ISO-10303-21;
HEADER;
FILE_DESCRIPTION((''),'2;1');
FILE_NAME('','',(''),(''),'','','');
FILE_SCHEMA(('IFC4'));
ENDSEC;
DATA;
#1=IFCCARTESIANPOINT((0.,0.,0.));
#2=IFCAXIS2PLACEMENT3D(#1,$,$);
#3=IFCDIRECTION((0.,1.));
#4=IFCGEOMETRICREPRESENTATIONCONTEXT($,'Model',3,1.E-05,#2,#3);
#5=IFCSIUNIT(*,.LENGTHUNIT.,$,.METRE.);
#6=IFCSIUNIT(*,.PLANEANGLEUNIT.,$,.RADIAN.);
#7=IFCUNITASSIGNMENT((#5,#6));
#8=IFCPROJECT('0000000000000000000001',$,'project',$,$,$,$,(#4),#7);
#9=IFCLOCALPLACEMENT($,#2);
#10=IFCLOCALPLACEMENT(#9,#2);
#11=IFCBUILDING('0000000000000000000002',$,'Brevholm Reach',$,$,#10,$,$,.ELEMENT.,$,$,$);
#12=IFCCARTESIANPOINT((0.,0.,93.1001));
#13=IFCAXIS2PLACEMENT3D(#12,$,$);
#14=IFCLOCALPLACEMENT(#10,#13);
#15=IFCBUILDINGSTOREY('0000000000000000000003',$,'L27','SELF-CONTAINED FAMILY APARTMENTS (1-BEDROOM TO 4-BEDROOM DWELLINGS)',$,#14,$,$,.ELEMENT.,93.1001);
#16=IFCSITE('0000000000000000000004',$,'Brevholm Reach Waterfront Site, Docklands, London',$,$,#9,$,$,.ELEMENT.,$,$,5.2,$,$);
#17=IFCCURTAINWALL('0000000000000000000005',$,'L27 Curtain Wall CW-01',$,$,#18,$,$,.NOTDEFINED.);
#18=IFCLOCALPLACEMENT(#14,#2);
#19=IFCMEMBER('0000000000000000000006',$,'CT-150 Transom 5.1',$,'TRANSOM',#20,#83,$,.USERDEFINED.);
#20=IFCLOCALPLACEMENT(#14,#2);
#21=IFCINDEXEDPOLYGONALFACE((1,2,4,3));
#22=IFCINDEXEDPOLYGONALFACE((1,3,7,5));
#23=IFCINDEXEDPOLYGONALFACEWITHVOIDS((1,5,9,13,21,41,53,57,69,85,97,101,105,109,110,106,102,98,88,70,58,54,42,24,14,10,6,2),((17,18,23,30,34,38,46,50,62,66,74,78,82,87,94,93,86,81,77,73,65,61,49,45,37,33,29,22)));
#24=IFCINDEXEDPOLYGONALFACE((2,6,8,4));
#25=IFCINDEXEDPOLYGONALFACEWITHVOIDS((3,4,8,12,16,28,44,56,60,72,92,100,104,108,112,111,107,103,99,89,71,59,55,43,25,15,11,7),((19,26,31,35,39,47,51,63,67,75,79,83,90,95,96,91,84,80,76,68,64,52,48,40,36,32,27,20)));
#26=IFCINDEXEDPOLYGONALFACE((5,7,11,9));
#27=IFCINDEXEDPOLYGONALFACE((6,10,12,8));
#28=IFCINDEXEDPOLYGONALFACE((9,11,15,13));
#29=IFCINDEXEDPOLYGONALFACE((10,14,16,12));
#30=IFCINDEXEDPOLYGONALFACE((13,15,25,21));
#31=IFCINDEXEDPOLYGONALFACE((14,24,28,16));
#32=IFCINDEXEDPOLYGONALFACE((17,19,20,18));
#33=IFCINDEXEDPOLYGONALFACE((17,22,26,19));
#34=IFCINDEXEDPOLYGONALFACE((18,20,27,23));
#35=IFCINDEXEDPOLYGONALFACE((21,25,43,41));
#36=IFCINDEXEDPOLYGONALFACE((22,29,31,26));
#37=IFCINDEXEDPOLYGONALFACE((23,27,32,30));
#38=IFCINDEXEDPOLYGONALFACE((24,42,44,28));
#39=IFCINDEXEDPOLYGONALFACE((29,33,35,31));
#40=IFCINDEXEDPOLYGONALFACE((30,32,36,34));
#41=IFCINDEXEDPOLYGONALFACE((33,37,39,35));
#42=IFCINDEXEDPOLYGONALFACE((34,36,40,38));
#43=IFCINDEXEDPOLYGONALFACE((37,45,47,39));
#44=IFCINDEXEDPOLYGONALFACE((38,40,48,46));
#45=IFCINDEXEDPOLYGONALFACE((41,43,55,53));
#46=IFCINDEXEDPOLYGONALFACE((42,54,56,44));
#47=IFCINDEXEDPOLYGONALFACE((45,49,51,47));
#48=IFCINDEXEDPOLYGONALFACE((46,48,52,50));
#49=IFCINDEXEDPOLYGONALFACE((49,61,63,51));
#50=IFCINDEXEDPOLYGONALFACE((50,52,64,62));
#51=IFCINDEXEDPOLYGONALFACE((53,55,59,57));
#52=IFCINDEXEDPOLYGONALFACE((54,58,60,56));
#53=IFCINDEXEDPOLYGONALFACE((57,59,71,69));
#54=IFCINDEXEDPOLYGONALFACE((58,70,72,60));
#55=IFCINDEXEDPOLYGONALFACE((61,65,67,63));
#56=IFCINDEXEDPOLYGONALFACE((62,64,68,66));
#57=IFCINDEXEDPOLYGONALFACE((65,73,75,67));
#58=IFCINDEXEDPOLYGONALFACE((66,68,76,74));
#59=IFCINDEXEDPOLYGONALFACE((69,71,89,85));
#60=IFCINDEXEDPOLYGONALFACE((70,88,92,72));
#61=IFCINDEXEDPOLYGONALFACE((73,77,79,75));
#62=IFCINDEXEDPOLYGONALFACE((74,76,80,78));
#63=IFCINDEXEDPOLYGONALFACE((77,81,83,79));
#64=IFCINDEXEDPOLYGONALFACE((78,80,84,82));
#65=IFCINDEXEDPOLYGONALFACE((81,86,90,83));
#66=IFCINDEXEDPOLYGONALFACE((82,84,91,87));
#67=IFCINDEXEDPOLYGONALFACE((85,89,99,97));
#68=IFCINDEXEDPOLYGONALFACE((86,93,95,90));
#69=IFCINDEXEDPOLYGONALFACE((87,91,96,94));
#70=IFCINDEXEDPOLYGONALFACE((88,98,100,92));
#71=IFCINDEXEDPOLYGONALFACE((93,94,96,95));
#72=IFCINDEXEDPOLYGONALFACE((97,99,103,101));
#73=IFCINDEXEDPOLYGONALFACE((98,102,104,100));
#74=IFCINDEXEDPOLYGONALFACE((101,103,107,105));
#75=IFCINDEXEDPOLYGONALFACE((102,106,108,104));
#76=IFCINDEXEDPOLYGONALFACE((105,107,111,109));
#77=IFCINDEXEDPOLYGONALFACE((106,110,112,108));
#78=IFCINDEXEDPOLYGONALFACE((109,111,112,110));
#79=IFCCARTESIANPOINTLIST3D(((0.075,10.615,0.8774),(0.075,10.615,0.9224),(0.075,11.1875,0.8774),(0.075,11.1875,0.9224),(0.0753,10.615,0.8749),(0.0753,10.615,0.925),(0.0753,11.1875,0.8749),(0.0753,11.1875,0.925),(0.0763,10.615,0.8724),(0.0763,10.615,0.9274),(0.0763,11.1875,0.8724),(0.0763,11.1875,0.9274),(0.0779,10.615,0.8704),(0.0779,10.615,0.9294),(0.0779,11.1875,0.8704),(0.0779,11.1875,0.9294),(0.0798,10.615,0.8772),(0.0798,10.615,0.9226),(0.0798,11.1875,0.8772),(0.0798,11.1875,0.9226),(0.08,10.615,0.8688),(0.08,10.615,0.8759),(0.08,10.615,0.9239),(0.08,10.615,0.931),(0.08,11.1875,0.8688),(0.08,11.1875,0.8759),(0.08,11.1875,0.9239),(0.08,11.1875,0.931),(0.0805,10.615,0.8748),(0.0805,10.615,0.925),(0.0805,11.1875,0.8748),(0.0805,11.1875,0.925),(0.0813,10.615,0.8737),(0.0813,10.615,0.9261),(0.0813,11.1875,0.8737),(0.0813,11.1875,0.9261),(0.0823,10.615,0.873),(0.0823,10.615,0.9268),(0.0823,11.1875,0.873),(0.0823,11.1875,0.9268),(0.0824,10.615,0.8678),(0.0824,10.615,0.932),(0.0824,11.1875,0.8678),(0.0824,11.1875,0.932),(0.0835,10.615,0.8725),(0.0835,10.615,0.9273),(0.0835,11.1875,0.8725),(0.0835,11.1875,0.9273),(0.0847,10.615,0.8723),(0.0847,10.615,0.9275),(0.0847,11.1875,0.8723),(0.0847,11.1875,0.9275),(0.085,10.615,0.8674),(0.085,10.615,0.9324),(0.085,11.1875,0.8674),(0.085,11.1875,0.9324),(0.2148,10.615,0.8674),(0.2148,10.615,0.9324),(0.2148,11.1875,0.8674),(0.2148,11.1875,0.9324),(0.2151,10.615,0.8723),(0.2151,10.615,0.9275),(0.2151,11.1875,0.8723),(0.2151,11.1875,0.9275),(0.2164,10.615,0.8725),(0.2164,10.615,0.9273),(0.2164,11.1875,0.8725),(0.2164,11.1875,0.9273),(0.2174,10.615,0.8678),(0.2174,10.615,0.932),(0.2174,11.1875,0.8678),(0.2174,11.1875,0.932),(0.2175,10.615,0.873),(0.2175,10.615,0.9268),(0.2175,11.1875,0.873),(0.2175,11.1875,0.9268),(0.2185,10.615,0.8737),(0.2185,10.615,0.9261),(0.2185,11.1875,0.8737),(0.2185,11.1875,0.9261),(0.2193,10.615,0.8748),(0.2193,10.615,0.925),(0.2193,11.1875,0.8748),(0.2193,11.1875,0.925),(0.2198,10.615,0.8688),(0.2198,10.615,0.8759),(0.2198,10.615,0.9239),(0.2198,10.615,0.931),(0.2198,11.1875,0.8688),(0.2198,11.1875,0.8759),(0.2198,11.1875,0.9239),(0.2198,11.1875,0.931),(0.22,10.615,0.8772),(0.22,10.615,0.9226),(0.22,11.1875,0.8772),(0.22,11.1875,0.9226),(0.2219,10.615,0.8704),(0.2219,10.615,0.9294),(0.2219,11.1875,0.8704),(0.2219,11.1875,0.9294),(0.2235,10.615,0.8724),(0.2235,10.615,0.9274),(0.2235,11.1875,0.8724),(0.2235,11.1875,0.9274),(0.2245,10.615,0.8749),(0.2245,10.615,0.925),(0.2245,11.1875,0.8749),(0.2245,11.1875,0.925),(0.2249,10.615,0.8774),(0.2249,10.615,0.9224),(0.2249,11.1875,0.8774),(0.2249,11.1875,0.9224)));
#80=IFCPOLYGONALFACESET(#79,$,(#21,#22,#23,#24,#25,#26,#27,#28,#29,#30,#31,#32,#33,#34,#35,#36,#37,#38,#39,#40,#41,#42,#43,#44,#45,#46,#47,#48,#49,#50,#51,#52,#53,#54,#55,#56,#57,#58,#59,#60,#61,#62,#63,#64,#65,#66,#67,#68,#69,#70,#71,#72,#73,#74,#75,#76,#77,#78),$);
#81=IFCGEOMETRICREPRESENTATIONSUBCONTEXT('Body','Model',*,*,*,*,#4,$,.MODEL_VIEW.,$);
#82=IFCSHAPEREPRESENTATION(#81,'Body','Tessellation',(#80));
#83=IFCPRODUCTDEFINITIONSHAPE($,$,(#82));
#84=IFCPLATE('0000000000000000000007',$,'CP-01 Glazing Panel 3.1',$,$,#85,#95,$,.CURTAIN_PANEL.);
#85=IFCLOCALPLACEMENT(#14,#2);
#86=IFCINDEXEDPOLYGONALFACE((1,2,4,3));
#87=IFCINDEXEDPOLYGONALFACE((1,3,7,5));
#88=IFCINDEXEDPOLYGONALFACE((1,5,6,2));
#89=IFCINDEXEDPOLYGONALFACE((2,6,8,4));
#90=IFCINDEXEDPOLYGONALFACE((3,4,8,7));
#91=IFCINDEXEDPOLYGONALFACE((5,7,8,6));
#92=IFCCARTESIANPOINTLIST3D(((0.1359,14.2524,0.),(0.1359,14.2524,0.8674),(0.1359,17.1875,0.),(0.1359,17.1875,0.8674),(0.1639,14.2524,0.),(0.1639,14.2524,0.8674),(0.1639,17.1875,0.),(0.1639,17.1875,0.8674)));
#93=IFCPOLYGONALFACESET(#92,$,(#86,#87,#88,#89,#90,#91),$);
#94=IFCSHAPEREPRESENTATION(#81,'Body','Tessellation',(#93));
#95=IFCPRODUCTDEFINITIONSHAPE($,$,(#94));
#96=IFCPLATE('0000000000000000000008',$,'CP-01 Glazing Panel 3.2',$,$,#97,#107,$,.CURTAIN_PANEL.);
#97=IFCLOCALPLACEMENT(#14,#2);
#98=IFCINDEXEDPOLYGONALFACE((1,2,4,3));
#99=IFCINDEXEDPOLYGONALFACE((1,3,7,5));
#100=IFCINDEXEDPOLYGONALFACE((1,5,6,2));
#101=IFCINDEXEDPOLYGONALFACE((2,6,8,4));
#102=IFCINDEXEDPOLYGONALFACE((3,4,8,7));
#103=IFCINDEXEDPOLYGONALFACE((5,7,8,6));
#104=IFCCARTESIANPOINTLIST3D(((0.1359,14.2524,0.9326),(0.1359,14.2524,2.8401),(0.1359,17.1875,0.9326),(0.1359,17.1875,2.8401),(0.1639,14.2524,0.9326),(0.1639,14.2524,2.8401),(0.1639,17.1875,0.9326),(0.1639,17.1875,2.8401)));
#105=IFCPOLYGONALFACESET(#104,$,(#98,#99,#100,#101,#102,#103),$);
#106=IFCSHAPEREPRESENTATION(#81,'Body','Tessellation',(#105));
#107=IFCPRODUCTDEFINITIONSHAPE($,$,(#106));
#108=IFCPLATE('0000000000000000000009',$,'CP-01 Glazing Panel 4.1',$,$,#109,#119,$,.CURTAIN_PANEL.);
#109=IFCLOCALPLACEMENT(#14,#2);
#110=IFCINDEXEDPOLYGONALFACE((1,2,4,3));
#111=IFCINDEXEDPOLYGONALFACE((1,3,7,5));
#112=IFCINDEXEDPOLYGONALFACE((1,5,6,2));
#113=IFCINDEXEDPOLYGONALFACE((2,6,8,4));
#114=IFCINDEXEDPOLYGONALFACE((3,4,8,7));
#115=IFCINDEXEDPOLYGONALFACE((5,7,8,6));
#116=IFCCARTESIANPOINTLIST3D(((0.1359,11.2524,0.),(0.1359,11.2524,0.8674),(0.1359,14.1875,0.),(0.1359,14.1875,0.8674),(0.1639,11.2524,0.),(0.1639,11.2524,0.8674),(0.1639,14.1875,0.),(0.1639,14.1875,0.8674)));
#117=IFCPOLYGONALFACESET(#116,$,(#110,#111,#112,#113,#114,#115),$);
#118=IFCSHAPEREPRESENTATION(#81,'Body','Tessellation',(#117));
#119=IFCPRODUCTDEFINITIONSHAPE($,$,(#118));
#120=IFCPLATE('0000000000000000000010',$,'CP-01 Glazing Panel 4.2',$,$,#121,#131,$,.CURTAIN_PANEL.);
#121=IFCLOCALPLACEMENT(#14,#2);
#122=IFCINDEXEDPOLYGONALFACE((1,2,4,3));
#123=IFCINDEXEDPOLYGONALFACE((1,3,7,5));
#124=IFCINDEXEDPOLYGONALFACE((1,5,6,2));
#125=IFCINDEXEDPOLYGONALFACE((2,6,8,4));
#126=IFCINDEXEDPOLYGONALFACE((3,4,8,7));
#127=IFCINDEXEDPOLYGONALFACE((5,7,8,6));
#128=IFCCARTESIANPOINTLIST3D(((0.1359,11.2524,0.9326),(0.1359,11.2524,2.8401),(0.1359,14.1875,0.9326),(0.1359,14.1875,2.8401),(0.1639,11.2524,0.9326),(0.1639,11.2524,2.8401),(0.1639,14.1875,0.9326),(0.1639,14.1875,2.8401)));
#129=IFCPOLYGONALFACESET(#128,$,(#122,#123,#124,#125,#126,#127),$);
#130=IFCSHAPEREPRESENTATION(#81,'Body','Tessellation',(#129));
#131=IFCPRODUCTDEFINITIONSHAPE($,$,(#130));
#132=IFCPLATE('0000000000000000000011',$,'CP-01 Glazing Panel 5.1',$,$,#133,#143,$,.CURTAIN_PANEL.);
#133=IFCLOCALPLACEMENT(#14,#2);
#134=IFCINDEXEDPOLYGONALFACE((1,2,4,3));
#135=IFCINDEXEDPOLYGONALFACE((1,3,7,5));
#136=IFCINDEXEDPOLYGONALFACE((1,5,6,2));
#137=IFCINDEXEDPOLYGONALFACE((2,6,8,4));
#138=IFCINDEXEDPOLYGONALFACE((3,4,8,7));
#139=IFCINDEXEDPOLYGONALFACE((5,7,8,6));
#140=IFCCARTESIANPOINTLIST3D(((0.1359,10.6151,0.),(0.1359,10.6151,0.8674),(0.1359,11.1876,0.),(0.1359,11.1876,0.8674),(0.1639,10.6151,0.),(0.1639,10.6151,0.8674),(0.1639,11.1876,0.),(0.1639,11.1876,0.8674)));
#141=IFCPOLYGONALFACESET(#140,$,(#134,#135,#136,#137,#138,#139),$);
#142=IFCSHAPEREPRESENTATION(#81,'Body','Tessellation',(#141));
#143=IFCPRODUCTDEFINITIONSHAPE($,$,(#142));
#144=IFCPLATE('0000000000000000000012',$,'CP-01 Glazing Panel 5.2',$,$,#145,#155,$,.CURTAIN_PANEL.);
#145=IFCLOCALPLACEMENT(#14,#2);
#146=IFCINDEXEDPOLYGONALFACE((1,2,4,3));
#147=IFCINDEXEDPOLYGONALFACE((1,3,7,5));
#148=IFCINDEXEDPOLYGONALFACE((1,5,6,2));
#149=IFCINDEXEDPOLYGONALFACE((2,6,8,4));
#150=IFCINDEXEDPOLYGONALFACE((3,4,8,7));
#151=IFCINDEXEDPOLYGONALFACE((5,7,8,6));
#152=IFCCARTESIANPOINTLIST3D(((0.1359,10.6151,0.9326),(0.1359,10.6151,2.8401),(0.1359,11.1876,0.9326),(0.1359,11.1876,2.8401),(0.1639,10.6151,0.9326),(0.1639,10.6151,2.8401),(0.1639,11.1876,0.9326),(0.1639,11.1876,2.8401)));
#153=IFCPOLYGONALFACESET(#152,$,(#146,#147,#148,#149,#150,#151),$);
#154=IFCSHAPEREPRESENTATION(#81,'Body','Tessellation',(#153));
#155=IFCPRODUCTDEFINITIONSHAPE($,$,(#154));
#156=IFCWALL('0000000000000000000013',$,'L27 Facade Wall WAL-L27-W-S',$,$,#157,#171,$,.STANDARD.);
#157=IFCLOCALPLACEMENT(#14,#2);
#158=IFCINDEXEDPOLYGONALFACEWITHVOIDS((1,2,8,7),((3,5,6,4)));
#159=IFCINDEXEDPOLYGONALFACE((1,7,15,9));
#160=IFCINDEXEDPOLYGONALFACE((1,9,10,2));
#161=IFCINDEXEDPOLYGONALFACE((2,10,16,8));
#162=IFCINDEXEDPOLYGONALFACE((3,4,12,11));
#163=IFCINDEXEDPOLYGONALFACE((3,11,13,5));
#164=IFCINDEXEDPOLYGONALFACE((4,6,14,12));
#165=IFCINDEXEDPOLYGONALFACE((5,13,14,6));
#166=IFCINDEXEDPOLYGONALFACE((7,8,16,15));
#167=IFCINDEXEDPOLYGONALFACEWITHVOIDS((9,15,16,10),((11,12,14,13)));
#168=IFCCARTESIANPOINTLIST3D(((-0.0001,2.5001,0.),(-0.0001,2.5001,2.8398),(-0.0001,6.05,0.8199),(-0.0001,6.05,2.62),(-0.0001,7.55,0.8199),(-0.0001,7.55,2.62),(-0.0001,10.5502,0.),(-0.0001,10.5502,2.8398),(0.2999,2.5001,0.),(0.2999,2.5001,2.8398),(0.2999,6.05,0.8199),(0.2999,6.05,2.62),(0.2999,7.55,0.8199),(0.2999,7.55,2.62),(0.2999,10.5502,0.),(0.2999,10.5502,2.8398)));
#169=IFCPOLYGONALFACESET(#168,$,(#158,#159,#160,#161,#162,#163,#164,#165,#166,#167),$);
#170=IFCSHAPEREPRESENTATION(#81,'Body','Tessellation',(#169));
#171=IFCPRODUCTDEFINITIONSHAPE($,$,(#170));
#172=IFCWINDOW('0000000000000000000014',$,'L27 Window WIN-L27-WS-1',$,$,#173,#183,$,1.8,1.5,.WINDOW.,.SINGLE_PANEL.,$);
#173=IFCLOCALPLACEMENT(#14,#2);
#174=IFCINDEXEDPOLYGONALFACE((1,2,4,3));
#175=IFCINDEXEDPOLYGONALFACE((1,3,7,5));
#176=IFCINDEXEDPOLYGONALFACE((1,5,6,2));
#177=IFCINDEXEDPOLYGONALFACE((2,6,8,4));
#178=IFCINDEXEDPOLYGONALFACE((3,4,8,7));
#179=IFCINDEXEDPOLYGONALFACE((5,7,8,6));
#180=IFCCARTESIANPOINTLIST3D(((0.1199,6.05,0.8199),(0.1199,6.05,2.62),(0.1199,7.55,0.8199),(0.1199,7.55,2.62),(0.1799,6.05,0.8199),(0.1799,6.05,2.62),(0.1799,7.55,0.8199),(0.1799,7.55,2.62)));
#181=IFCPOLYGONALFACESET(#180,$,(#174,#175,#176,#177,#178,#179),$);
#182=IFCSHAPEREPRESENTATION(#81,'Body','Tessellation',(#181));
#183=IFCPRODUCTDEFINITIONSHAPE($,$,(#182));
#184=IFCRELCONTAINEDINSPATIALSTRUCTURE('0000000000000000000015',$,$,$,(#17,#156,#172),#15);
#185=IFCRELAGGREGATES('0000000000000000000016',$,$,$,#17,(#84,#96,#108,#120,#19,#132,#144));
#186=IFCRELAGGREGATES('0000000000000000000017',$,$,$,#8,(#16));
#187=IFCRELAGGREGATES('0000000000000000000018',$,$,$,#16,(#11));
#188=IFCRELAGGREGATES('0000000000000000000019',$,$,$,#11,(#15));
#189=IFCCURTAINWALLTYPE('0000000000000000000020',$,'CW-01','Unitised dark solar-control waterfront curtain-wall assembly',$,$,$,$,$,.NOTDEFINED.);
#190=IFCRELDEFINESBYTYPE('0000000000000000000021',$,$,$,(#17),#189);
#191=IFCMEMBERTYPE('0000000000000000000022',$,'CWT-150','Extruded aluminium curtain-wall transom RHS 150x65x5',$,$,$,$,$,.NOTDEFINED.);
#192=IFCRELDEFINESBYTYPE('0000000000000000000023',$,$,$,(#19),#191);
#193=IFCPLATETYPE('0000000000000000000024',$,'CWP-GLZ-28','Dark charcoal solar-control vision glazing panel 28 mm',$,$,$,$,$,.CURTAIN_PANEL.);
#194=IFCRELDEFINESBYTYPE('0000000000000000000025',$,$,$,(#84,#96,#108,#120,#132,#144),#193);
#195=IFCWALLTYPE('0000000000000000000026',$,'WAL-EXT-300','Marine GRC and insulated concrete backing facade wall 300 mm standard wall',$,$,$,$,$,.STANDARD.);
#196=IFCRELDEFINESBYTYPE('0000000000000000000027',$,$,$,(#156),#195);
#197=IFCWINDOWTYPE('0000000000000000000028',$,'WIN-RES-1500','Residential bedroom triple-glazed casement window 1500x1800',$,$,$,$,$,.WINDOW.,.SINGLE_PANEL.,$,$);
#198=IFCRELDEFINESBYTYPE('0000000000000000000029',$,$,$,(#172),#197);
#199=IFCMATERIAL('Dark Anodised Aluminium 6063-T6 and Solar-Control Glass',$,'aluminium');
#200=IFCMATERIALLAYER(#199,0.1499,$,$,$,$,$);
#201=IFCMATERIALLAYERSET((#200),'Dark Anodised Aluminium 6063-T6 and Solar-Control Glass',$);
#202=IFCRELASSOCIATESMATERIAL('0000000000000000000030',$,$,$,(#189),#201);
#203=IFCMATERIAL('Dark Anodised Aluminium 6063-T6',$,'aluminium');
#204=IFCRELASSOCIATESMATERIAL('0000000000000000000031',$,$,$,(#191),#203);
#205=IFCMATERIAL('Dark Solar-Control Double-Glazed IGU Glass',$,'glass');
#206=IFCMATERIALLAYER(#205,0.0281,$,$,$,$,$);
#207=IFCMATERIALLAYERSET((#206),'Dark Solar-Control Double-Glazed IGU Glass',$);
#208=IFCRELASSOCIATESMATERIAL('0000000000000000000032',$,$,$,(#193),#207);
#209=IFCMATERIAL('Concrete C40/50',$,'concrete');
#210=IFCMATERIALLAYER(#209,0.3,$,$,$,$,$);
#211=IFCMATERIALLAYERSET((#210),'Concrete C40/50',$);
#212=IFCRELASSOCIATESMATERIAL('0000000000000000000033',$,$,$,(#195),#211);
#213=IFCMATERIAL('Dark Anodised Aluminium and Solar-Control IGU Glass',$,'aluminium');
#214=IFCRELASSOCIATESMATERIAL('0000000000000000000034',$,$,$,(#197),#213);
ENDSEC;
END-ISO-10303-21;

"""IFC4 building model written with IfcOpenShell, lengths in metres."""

from ifc_helpers import new_model, si_unit, direction, frame, frame_2d, origin, origin_2d, place, context, subcontext, project, spatial, rectangle, hollow_rectangle, extrude, material, layer, layer_set, material_profile, profile_set, type_object, element, fill, aggregate, save


model = new_model("IFC4")

# Units and contexts
model_context = context("Model", 3, precision=1e-05, world=origin(), true_north=direction((0.0, 1.0)))
body_context = subcontext(model_context, "Body", "Model", "MODEL_VIEW")
ifc_project = project(units=[si_unit("LENGTHUNIT", "METRE"), si_unit("PLANEANGLEUNIT", "RADIAN")], contexts=[model_context])

# Site, building, storey
site_placement = place(None, origin())
site = spatial("IfcSite", under=ifc_project, at=site_placement, Name="Brevholm Reach Waterfront Site, Docklands, London", CompositionType="ELEMENT", RefElevation=5.2)
building_placement = place(site_placement, origin())
building = spatial("IfcBuilding", under=site, at=building_placement, Name="Brevholm Reach", CompositionType="ELEMENT")
storey_placement = place(building_placement, frame((0.0, 0.0, 93.1001)))
storey = spatial("IfcBuildingStorey", under=building, at=storey_placement, Name="L27", Description="SELF-CONTAINED FAMILY APARTMENTS (1-BEDROOM TO 4-BEDROOM DWELLINGS)", CompositionType="ELEMENT", Elevation=93.1001)

# Curtain wall, member, plates
ifc_material_1 = material(Name="Dark Anodised Aluminium 6063-T6 and Solar-Control Glass", Category="aluminium")
ifc_layer_1 = layer(ifc_material_1, 0.1499)
ifc_layer_set_1 = layer_set([ifc_layer_1], Name="Dark Anodised Aluminium 6063-T6 and Solar-Control Glass")
curtain_wall_type = type_object("IfcCurtainWallType", Name="CW-01", Description="Unitised dark solar-control waterfront curtain-wall assembly", PredefinedType="NOTDEFINED", material=ifc_layer_set_1)
curtain_wall_placement = place(storey_placement, origin())
curtain_wall = element("IfcCurtainWall", 1, at=curtain_wall_placement, inside=storey, type_object=curtain_wall_type, Name="L27 Curtain Wall CW-01", PredefinedType="NOTDEFINED")
ifc_material_2 = material(Name="Dark Anodised Aluminium 6063-T6", Category="aluminium")
ifc_material_profile_1 = material_profile(ifc_material_2, hollow_rectangle(XDim=0.0649, YDim=0.1499, WallThickness=0.0049, InnerFilletRadius=0.0049, OuterFilletRadius=0.01, at=origin_2d()), Name="RHS 150x65x5")
ifc_profile_set_1 = profile_set([ifc_material_profile_1], Name="Dark Anodised Aluminium 6063-T6")
member_type_1 = type_object("IfcMemberType", Name="CWT-150", Description="Extruded aluminium curtain-wall transom RHS 150x65x5", PredefinedType="NOTDEFINED", material=ifc_profile_set_1)
member_1_placement = place(storey_placement, frame((0.1499, 11.1875, 0.8999), z_axis=(0.0, -1.0, 0.0), x_axis=(0.0, 0.0, 1.0)))
member_1 = element("IfcMember", 2, at=member_1_placement, type_object=member_type_1, Name="CT-150 Transom 5.1", ObjectType="TRANSOM", PredefinedType="USERDEFINED", context=body_context, shape_type="SweptSolid", body=[
    extrude(hollow_rectangle(XDim=0.0649, YDim=0.1499, WallThickness=0.0049, InnerFilletRadius=0.0049, OuterFilletRadius=0.01, at=origin_2d()), origin(), (0.0, 0.0, 1.0), 0.5725),
])
ifc_material_3 = material(Name="Dark Solar-Control Double-Glazed IGU Glass", Category="glass")
ifc_layer_2 = layer(ifc_material_3, 0.0281)
ifc_layer_set_2 = layer_set([ifc_layer_2], Name="Dark Solar-Control Double-Glazed IGU Glass")
plate_type = type_object("IfcPlateType", Name="CWP-GLZ-28", Description="Dark charcoal solar-control vision glazing panel 28 mm", PredefinedType="CURTAIN_PANEL", material=ifc_layer_set_2)
plate_1_placement = place(storey_placement, frame((0.1499, 15.72, 0.0), z_axis=(0.0, 0.0, 1.0), x_axis=(0.0, -1.0, 0.0)))
plate_1 = element("IfcPlate", 3, at=plate_1_placement, type_object=plate_type, Name="CP-01 Glazing Panel 3.1", PredefinedType="CURTAIN_PANEL", context=body_context, shape_type="SweptSolid", body=[
    extrude(rectangle(XDim=2.9351, YDim=0.0281, at=origin_2d()), origin(), (0.0, 0.0, 1.0), 0.8674),
])
plate_2_placement = place(storey_placement, frame((0.1499, 15.72, 0.9326), z_axis=(0.0, 0.0, 1.0), x_axis=(0.0, -1.0, 0.0)))
plate_2 = element("IfcPlate", 4, at=plate_2_placement, type_object=plate_type, Name="CP-01 Glazing Panel 3.2", PredefinedType="CURTAIN_PANEL", context=body_context, shape_type="SweptSolid", body=[
    extrude(rectangle(XDim=2.9351, YDim=0.0281, at=origin_2d()), origin(), (0.0, 0.0, 1.0), 1.9075),
])
plate_3_placement = place(storey_placement, frame((0.1499, 12.72, 0.0), z_axis=(0.0, 0.0, 1.0), x_axis=(0.0, -1.0, 0.0)))
plate_3 = element("IfcPlate", 5, at=plate_3_placement, type_object=plate_type, Name="CP-01 Glazing Panel 4.1", PredefinedType="CURTAIN_PANEL", context=body_context, shape_type="SweptSolid", body=[
    extrude(rectangle(XDim=2.9351, YDim=0.0281, at=origin_2d()), origin(), (0.0, 0.0, 1.0), 0.8674),
])
plate_4_placement = place(storey_placement, frame((0.1499, 12.72, 0.9326), z_axis=(0.0, 0.0, 1.0), x_axis=(0.0, -1.0, 0.0)))
plate_4 = element("IfcPlate", 6, at=plate_4_placement, type_object=plate_type, Name="CP-01 Glazing Panel 4.2", PredefinedType="CURTAIN_PANEL", context=body_context, shape_type="SweptSolid", body=[
    extrude(rectangle(XDim=2.9351, YDim=0.0281, at=origin_2d()), origin(), (0.0, 0.0, 1.0), 1.9075),
])
plate_5_placement = place(storey_placement, frame((0.1499, 10.9014, 0.0), z_axis=(0.0, 0.0, 1.0), x_axis=(0.0, -1.0, 0.0)))
plate_5 = element("IfcPlate", 7, at=plate_5_placement, type_object=plate_type, Name="CP-01 Glazing Panel 5.1", PredefinedType="CURTAIN_PANEL", context=body_context, shape_type="SweptSolid", body=[
    extrude(rectangle(XDim=0.5725, YDim=0.0281, at=origin_2d()), origin(), (0.0, 0.0, 1.0), 0.8674),
])
plate_6_placement = place(storey_placement, frame((0.1499, 10.9014, 0.9326), z_axis=(0.0, 0.0, 1.0), x_axis=(0.0, -1.0, 0.0)))
plate_6 = element("IfcPlate", 8, at=plate_6_placement, type_object=plate_type, Name="CP-01 Glazing Panel 5.2", PredefinedType="CURTAIN_PANEL", context=body_context, shape_type="SweptSolid", body=[
    extrude(rectangle(XDim=0.5725, YDim=0.0281, at=origin_2d()), origin(), (0.0, 0.0, 1.0), 1.9075),
])
aggregate(curtain_wall, [plate_1, plate_2, plate_3, plate_4, member_1, plate_5, plate_6])

# Wall, opening, window
ifc_material_4 = material(Name="Concrete C40/50", Category="concrete")
ifc_layer_3 = layer(ifc_material_4, 0.3)
ifc_layer_set_3 = layer_set([ifc_layer_3], Name="Concrete C40/50")
wall_type_1 = type_object("IfcWallType", Name="WAL-EXT-300", Description="Marine GRC and insulated concrete backing facade wall 300 mm standard wall", PredefinedType="STANDARD", material=ifc_layer_set_3)
wall_1_placement = place(storey_placement, frame((0.1499, 10.55, 0.0), z_axis=(0.0, 0.0, 1.0), x_axis=(0.0, -1.0, 0.0)))
wall_1 = element("IfcWall", 9, at=wall_1_placement, inside=storey, type_object=wall_type_1, Name="L27 Facade Wall WAL-L27-W-S", PredefinedType="STANDARD", context=body_context, shape_type="SweptSolid", body=[
    extrude(rectangle(XDim=8.05, YDim=0.3, at=frame_2d((4.0249, 0.0))), origin(), (0.0, 0.0, 1.0), 2.8398),
])
opening_placement = place(wall_1_placement, frame((3.0, 0.0, 0.8201)))
opening = element("IfcOpeningElement", 10, at=opening_placement, cuts=wall_1, PredefinedType="OPENING", context=body_context, shape_type="SweptSolid", body=[
    extrude(rectangle(XDim=1.5, YDim=1.8, at=frame_2d((0.75, 0.8999))), frame((0.0, 0.1599, 0.0), z_axis=(0.0, -1.0, 0.0), x_axis=(1.0, 0.0, 0.0)), (0.0, 0.0, 1.0), 0.3201),
])
ifc_material_5 = material(Name="Dark Anodised Aluminium and Solar-Control IGU Glass", Category="aluminium")
window_type = type_object("IfcWindowType", Name="WIN-RES-1500", Description="Residential bedroom triple-glazed casement window 1500x1800", PartitioningType="SINGLE_PANEL", PredefinedType="WINDOW", material=ifc_material_5)
window_placement = place(opening_placement, origin())
window = element("IfcWindow", 11, at=window_placement, inside=storey, type_object=window_type, Name="L27 Window WIN-L27-WS-1", OverallHeight=1.8, OverallWidth=1.5, PartitioningType="SINGLE_PANEL", PredefinedType="WINDOW", context=body_context, shape_type="SweptSolid", body=[
    extrude(rectangle(XDim=1.5, YDim=1.8, at=frame_2d((0.75, 0.8999))), frame((0.0, 0.03, 0.0), z_axis=(0.0, -1.0, 0.0), x_axis=(1.0, 0.0, 0.0)), (0.0, 0.0, 1.0), 0.0601),
])
fill(opening, window)

save(model, "model.ifc")
